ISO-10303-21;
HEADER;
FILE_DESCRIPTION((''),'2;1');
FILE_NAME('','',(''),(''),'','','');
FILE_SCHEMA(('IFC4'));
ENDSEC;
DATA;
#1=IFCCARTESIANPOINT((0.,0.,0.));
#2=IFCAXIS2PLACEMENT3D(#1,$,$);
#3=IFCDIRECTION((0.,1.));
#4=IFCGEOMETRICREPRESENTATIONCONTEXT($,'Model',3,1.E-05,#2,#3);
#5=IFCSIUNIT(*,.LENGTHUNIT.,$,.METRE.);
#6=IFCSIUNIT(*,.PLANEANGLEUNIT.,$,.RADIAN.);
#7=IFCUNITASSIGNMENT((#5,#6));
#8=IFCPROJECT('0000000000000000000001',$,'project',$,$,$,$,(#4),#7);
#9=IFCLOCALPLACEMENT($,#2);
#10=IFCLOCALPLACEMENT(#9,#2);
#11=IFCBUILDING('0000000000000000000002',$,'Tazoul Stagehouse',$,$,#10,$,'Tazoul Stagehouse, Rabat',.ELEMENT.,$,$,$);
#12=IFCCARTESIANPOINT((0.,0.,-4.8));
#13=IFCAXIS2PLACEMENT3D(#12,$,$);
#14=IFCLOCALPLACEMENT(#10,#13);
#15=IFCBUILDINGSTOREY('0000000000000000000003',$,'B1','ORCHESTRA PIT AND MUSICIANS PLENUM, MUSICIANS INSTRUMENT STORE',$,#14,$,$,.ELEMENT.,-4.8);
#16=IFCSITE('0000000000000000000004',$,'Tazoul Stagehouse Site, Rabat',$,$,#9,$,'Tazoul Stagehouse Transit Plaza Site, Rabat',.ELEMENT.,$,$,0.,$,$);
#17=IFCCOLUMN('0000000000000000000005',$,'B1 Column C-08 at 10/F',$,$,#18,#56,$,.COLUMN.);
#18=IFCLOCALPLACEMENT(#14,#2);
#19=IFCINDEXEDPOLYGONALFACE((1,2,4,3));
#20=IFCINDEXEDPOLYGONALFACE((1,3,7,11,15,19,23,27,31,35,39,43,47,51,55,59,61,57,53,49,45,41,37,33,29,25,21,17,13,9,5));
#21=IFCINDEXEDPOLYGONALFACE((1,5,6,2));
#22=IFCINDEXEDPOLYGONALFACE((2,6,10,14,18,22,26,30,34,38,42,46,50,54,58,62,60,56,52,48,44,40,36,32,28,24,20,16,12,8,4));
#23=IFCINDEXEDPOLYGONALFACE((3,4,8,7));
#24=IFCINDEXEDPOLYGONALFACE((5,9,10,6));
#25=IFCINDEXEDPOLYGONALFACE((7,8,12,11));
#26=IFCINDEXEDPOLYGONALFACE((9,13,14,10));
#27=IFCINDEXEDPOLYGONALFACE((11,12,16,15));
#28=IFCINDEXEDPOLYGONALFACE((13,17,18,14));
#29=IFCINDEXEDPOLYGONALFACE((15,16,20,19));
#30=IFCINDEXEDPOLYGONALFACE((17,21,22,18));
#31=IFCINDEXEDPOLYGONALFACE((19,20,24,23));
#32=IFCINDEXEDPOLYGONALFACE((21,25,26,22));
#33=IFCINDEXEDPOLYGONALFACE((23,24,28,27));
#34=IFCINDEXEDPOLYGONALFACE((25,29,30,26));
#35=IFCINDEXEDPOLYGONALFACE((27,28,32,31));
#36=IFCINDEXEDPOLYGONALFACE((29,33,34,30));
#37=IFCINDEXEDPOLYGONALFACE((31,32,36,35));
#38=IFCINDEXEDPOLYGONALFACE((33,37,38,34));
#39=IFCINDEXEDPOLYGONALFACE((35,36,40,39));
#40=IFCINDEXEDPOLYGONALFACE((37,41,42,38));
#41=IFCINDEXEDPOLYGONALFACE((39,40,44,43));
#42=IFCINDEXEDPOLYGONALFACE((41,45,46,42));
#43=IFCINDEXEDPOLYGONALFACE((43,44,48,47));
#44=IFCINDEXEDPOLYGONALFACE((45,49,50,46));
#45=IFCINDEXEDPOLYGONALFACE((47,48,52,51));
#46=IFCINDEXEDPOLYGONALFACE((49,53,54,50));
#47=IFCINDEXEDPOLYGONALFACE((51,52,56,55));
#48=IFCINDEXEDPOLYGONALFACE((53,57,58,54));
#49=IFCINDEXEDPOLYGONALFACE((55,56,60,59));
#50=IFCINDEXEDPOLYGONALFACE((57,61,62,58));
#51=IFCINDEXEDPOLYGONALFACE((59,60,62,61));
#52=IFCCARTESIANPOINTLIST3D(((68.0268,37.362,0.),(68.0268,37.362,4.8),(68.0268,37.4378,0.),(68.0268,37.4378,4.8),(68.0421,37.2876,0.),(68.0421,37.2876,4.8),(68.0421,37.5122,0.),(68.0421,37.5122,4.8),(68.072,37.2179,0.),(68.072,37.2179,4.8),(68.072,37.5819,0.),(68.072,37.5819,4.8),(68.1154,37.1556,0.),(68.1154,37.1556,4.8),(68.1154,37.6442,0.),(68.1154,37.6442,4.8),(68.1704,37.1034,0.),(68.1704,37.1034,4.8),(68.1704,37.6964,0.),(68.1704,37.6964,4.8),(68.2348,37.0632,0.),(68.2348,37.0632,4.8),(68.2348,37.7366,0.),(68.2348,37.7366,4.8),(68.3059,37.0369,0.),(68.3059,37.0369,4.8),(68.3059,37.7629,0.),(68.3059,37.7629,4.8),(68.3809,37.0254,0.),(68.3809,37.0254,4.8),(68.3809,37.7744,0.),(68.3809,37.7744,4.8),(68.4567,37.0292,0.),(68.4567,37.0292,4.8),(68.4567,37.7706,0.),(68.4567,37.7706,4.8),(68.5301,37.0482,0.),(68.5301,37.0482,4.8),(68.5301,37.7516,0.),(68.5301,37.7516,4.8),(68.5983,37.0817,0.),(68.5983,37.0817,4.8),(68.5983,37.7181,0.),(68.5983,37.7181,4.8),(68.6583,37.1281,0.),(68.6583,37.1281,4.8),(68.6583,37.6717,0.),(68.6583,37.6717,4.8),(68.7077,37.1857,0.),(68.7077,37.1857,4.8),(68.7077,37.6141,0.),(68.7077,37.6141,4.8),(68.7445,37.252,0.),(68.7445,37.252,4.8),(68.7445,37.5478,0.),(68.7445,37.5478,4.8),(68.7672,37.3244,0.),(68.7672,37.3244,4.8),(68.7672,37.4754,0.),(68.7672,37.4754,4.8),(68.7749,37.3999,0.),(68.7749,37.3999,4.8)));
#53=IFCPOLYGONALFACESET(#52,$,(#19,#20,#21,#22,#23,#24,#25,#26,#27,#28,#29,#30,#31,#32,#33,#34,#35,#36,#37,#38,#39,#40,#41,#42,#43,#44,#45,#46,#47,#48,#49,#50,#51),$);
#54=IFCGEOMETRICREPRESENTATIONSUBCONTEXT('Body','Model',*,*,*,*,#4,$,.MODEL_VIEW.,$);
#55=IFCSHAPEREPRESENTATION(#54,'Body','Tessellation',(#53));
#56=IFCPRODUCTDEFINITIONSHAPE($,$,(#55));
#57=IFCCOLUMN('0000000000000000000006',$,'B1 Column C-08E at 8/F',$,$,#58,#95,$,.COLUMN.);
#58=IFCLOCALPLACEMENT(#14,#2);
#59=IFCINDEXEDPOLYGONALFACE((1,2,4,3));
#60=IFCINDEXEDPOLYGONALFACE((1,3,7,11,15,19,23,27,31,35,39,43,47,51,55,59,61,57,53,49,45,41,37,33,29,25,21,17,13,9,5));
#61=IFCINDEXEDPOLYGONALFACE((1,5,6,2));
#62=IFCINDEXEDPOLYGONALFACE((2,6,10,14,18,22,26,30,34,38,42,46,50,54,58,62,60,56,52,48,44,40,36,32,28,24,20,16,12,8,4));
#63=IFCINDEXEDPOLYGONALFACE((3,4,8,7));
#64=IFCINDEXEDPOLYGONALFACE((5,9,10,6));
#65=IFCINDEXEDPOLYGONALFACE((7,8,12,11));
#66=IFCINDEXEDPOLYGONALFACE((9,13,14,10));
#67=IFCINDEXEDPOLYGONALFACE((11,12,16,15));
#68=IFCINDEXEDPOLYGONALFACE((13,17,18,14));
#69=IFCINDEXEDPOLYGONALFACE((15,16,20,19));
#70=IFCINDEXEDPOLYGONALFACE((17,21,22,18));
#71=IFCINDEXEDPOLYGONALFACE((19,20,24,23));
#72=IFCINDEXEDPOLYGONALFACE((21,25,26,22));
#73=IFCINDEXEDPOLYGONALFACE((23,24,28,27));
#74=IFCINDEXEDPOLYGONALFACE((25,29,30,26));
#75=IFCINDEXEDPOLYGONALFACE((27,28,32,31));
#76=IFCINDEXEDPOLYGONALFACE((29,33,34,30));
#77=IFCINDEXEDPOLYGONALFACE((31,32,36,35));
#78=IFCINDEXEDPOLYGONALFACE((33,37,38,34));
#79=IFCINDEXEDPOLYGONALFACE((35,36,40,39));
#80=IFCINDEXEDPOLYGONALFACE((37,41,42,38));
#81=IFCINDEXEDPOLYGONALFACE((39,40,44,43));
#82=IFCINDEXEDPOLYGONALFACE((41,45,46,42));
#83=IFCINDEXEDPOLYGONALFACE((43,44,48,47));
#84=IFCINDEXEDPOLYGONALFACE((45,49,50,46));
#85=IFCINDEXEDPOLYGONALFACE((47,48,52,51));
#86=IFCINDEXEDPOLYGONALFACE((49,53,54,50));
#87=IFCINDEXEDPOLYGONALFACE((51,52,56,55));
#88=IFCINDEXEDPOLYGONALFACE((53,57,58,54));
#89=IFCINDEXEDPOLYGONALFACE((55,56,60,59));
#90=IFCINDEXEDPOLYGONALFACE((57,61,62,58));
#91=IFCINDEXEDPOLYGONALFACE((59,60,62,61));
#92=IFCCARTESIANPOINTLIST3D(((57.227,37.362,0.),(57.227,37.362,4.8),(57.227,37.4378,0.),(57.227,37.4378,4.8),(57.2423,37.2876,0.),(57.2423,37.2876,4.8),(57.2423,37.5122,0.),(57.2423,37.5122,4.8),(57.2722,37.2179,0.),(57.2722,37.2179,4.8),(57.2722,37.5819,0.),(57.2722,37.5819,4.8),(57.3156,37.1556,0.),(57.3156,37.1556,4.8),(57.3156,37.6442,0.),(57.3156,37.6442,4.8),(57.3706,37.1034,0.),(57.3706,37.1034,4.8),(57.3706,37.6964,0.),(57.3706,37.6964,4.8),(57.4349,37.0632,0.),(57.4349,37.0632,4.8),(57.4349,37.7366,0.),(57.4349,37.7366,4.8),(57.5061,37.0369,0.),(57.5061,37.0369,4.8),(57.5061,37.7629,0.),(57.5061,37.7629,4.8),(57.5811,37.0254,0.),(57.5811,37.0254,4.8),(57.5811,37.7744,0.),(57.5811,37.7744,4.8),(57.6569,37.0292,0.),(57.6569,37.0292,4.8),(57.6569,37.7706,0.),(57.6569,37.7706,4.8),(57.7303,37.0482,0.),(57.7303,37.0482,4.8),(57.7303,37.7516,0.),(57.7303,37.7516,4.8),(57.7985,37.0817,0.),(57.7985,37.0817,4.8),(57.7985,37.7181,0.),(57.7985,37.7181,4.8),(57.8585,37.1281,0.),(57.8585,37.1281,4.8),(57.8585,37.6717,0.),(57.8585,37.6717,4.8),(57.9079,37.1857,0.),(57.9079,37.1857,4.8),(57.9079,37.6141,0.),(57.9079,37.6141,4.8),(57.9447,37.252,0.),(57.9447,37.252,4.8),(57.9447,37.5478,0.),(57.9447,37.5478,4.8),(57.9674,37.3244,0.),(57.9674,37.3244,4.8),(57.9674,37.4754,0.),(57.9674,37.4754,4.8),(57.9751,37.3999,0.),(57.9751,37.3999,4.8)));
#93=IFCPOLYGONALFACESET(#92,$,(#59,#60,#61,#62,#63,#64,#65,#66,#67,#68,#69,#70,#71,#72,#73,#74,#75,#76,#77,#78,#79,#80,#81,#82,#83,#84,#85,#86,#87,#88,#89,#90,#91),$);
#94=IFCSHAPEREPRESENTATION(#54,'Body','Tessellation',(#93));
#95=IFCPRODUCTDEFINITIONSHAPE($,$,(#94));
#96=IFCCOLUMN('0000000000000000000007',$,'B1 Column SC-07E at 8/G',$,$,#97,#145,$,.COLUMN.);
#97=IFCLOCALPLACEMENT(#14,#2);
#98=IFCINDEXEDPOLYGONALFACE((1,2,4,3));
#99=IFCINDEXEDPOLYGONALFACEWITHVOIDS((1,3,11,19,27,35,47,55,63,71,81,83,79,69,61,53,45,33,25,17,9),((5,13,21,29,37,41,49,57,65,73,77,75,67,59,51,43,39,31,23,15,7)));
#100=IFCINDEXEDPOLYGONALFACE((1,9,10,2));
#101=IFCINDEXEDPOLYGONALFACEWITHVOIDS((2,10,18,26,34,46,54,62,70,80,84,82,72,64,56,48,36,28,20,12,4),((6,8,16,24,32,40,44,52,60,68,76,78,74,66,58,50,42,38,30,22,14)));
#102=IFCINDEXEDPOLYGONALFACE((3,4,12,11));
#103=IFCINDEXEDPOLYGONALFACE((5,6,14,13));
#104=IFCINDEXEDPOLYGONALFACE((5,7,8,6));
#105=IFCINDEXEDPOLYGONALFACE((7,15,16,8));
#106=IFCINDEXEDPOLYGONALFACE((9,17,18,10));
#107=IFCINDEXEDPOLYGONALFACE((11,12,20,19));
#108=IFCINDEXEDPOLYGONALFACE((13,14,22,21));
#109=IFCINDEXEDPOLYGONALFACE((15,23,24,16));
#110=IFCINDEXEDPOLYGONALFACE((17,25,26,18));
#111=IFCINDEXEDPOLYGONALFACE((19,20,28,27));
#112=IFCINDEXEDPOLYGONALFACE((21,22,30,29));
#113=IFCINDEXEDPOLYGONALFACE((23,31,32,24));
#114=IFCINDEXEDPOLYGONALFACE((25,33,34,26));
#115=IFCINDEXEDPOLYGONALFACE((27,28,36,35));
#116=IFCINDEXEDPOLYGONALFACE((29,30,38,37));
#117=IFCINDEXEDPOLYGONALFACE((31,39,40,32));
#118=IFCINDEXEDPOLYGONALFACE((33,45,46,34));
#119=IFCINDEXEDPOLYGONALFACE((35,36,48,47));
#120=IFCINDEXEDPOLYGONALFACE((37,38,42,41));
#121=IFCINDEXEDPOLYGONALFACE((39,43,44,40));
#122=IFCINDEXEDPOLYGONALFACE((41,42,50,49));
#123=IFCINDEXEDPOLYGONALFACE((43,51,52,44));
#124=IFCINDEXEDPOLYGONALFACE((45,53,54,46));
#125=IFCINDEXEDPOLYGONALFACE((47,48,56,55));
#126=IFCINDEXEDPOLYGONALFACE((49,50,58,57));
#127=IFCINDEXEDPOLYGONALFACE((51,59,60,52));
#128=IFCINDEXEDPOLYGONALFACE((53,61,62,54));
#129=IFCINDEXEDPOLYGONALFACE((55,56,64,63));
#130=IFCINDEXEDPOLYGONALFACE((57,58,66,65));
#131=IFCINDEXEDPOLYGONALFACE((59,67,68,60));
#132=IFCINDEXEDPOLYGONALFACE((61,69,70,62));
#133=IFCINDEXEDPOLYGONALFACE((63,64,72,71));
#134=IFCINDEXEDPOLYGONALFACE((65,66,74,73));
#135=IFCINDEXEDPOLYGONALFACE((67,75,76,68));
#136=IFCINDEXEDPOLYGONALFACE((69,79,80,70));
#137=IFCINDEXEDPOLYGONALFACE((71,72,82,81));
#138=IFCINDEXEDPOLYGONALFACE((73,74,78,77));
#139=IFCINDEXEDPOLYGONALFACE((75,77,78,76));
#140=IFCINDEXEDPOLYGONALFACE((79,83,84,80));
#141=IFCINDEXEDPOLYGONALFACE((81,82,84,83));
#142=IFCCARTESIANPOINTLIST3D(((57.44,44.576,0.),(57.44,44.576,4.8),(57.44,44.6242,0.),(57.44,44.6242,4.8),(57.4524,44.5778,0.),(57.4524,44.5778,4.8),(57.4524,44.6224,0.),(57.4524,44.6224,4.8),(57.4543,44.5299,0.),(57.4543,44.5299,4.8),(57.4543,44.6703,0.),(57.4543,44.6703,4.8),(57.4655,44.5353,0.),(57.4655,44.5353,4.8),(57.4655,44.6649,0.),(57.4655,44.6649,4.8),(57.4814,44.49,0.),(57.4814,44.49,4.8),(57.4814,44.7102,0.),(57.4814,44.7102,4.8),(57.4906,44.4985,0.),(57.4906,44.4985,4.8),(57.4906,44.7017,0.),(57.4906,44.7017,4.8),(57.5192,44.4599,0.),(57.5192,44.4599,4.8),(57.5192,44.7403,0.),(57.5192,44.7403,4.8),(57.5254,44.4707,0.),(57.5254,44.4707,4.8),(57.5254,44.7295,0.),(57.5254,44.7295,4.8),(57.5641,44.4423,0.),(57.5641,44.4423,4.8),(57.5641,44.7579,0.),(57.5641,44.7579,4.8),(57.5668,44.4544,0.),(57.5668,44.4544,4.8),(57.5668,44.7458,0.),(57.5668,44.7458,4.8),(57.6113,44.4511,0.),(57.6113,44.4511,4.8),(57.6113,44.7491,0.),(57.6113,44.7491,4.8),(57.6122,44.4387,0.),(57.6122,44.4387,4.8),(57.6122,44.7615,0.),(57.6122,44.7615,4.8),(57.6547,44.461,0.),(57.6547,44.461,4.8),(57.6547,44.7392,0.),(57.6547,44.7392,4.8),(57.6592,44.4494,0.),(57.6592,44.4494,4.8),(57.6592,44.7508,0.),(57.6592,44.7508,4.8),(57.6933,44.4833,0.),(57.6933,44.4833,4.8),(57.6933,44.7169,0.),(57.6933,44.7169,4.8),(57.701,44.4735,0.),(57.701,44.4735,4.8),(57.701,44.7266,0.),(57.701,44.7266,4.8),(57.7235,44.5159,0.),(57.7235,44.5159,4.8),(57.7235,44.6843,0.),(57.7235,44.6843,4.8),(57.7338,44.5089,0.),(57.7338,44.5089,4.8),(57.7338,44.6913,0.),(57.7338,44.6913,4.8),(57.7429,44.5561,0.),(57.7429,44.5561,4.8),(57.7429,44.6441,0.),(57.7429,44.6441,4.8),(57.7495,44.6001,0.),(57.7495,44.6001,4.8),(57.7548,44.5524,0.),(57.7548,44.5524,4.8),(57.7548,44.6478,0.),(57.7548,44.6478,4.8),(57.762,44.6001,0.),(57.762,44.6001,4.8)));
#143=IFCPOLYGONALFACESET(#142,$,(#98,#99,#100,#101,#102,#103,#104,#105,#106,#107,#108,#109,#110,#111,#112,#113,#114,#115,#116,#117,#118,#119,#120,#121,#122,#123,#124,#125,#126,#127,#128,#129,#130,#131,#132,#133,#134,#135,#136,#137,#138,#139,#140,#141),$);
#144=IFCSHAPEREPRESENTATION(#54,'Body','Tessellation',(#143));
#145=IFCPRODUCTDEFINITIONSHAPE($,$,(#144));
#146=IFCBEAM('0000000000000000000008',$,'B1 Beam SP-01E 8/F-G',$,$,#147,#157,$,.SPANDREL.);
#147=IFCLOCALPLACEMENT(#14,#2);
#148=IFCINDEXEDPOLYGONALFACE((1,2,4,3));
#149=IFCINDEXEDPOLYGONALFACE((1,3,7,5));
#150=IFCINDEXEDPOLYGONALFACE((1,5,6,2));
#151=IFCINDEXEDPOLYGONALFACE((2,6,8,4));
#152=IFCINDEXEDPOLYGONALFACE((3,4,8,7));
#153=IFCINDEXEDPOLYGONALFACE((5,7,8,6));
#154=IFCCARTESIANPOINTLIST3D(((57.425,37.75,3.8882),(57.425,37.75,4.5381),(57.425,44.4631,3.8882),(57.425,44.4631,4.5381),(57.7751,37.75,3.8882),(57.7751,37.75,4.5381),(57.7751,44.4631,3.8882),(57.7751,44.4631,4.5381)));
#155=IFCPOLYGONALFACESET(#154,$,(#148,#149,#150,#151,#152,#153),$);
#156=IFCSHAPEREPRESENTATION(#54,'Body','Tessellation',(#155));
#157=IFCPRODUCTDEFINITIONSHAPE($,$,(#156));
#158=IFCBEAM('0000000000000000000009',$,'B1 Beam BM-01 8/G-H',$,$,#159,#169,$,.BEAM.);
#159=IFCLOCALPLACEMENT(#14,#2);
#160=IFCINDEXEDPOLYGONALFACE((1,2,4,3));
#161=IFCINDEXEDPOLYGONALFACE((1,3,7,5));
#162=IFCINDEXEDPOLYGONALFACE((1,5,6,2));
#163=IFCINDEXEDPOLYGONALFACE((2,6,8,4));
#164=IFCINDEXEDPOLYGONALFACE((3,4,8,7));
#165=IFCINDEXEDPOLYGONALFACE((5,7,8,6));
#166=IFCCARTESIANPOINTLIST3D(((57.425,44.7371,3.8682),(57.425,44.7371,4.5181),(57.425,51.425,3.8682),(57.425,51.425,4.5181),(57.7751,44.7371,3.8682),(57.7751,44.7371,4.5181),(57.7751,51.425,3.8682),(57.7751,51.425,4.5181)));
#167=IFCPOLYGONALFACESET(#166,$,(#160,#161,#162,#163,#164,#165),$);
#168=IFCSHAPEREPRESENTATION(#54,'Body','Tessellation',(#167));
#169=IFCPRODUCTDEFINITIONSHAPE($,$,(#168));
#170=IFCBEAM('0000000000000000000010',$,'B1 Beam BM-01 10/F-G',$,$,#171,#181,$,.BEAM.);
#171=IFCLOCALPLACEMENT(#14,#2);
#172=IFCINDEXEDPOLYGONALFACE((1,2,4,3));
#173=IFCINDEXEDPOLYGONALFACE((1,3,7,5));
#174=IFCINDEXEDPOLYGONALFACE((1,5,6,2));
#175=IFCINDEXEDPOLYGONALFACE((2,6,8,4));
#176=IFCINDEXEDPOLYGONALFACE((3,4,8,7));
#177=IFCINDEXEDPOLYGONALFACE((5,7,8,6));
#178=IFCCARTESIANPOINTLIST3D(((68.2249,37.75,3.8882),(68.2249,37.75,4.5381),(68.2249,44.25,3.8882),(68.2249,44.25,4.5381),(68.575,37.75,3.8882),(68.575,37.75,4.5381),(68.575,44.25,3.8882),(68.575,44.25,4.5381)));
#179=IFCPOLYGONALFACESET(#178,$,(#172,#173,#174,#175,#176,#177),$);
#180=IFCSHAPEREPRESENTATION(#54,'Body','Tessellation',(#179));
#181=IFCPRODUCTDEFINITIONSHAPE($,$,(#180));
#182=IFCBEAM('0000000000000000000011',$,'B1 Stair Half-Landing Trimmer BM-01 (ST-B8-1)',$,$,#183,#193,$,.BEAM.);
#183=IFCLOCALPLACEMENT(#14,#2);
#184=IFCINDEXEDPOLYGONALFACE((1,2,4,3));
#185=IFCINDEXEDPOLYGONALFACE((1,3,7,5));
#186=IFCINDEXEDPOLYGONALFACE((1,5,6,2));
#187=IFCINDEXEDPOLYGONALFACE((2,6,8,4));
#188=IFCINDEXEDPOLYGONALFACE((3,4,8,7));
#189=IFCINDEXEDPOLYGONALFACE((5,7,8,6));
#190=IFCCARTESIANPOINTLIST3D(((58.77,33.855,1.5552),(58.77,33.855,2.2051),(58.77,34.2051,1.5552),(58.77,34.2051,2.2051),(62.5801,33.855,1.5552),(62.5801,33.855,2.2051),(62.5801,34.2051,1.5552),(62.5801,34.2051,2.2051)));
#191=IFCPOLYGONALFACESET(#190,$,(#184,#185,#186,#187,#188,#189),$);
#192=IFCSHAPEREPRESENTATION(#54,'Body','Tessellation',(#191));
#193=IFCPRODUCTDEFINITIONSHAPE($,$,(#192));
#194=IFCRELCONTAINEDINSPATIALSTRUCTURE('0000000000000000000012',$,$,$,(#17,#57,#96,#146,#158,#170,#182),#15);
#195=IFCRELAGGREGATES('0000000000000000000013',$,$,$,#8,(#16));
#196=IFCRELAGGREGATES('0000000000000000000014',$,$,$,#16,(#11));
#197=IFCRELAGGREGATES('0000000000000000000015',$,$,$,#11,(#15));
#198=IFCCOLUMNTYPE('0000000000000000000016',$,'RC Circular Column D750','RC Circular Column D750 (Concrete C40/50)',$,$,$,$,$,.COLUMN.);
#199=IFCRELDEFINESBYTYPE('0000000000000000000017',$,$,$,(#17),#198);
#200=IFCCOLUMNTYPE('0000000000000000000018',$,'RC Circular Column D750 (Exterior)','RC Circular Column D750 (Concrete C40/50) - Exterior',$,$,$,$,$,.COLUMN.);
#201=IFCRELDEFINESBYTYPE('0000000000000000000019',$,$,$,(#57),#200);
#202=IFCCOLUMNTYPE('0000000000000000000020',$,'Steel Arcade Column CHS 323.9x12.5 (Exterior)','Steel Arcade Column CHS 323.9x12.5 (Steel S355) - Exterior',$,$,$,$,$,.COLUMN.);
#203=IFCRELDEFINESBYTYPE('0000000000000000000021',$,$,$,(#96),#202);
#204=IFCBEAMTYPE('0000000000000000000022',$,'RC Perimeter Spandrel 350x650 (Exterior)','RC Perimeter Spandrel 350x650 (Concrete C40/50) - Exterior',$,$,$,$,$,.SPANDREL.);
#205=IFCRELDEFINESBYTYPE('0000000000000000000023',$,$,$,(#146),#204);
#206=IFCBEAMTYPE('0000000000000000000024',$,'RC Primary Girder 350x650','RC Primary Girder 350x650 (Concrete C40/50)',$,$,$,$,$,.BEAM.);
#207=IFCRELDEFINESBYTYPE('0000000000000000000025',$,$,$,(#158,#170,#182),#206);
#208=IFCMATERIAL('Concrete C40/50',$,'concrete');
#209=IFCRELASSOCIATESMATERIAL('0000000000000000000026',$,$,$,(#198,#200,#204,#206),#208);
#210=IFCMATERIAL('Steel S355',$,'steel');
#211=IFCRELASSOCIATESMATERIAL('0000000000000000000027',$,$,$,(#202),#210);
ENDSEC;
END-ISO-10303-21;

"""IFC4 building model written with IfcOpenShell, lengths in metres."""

from ifc_helpers import new_model, si_unit, direction, frame, origin, origin_2d, place, context, subcontext, project, spatial, rectangle, circle, hollow_circle, extrude, material, material_profile, profile_set, type_object, element, save


model = new_model("IFC4")

# Units and contexts
model_context = context("Model", 3, precision=1e-05, world=origin(), true_north=direction((0.0, 1.0)))
body_context = subcontext(model_context, "Body", "Model", "MODEL_VIEW")
ifc_project = project(units=[si_unit("LENGTHUNIT", "METRE"), si_unit("PLANEANGLEUNIT", "RADIAN")], contexts=[model_context])

# Site, building, storey
site_placement = place(None, origin())
site = spatial("IfcSite", under=ifc_project, at=site_placement, Name="Tazoul Stagehouse Site, Rabat", LongName="Tazoul Stagehouse Transit Plaza Site, Rabat", CompositionType="ELEMENT", RefElevation=0.0)
building_placement = place(site_placement, origin())
building = spatial("IfcBuilding", under=site, at=building_placement, Name="Tazoul Stagehouse", LongName="Tazoul Stagehouse, Rabat", CompositionType="ELEMENT")
storey_placement = place(building_placement, frame((0.0, 0.0, -4.8)))
storey = spatial("IfcBuildingStorey", under=building, at=storey_placement, Name="B1", Description="ORCHESTRA PIT AND MUSICIANS PLENUM, MUSICIANS INSTRUMENT STORE", CompositionType="ELEMENT", Elevation=-4.8)

# Columns
ifc_material_1 = material(Name="Concrete C40/50", Category="concrete")
ifc_material_profile_1 = material_profile(ifc_material_1, circle(Radius=0.375, at=origin_2d()), Name="RC D750")
ifc_profile_set_1 = profile_set([ifc_material_profile_1], Name="Concrete C40/50")
column_type_1 = type_object("IfcColumnType", Name="RC Circular Column D750", Description="RC Circular Column D750 (Concrete C40/50)", PredefinedType="COLUMN", material=ifc_profile_set_1)
column_1_placement = place(storey_placement, frame((68.3999, 37.3999, 0.0), z_axis=(0.0, 0.0, 1.0), x_axis=(1.0, 0.0, 0.0)))
element("IfcColumn", 1, at=column_1_placement, inside=storey, type_object=column_type_1, Name="B1 Column C-08 at 10/F", PredefinedType="COLUMN", context=body_context, shape_type="SweptSolid", body=[
    extrude(circle(Radius=0.375, at=origin_2d()), origin(), (0.0, 0.0, 1.0), 4.8),
])
ifc_material_profile_2 = material_profile(ifc_material_1, circle(Radius=0.375, at=origin_2d()), Name="RC D750")
ifc_profile_set_2 = profile_set([ifc_material_profile_2], Name="Concrete C40/50")
column_type_2 = type_object("IfcColumnType", Name="RC Circular Column D750 (Exterior)", Description="RC Circular Column D750 (Concrete C40/50) - Exterior", PredefinedType="COLUMN", material=ifc_profile_set_2)
column_2_placement = place(storey_placement, frame((57.6001, 37.3999, 0.0), z_axis=(0.0, 0.0, 1.0), x_axis=(1.0, 0.0, 0.0)))
element("IfcColumn", 2, at=column_2_placement, inside=storey, type_object=column_type_2, Name="B1 Column C-08E at 8/F", PredefinedType="COLUMN", context=body_context, shape_type="SweptSolid", body=[
    extrude(circle(Radius=0.375, at=origin_2d()), origin(), (0.0, 0.0, 1.0), 4.8),
])
ifc_material_2 = material(Name="Steel S355", Category="steel")
ifc_material_profile_3 = material_profile(ifc_material_2, hollow_circle(Radius=0.1619, WallThickness=0.0125, at=origin_2d()), Name="CHS 323.9x12.5")
ifc_profile_set_3 = profile_set([ifc_material_profile_3], Name="Steel S355")
column_type_3 = type_object("IfcColumnType", Name="Steel Arcade Column CHS 323.9x12.5 (Exterior)", Description="Steel Arcade Column CHS 323.9x12.5 (Steel S355) - Exterior", PredefinedType="COLUMN", material=ifc_profile_set_3)
column_3_placement = place(storey_placement, frame((57.6001, 44.6001, 0.0), z_axis=(0.0, 0.0, 1.0), x_axis=(1.0, 0.0, 0.0)))
element("IfcColumn", 3, at=column_3_placement, inside=storey, type_object=column_type_3, Name="B1 Column SC-07E at 8/G", PredefinedType="COLUMN", context=body_context, shape_type="SweptSolid", body=[
    extrude(hollow_circle(Radius=0.1619, WallThickness=0.0125, at=origin_2d()), origin(), (0.0, 0.0, 1.0), 4.8),
])

# Beams
ifc_material_profile_4 = material_profile(ifc_material_1, rectangle(XDim=0.3501, YDim=0.6499, at=origin_2d()), Name="RC 350x650")
ifc_profile_set_4 = profile_set([ifc_material_profile_4], Name="Concrete C40/50")
beam_type_1 = type_object("IfcBeamType", Name="RC Perimeter Spandrel 350x650 (Exterior)", Description="RC Perimeter Spandrel 350x650 (Concrete C40/50) - Exterior", PredefinedType="SPANDREL", material=ifc_profile_set_4)
beam_1_placement = place(storey_placement, frame((57.6001, 37.75, 4.2131), z_axis=(0.0, 1.0, 0.0), x_axis=(-1.0, 0.0, 0.0)))
element("IfcBeam", 4, at=beam_1_placement, inside=storey, type_object=beam_type_1, Name="B1 Beam SP-01E 8/F-G", PredefinedType="SPANDREL", context=body_context, shape_type="SweptSolid", body=[
    extrude(rectangle(XDim=0.3501, YDim=0.6499, at=origin_2d()), origin(), (0.0, 0.0, 1.0), 6.7131),
])
ifc_material_profile_5 = material_profile(ifc_material_1, rectangle(XDim=0.3501, YDim=0.6499, at=origin_2d()), Name="RC 350x650")
ifc_profile_set_5 = profile_set([ifc_material_profile_5], Name="Concrete C40/50")
beam_type_2 = type_object("IfcBeamType", Name="RC Primary Girder 350x650", Description="RC Primary Girder 350x650 (Concrete C40/50)", PredefinedType="BEAM", material=ifc_profile_set_5)
beam_2_placement = place(storey_placement, frame((57.6001, 44.7371, 4.1931), z_axis=(0.0, 1.0, 0.0), x_axis=(-1.0, 0.0, 0.0)))
element("IfcBeam", 5, at=beam_2_placement, inside=storey, type_object=beam_type_2, Name="B1 Beam BM-01 8/G-H", PredefinedType="BEAM", context=body_context, shape_type="SweptSolid", body=[
    extrude(rectangle(XDim=0.3501, YDim=0.6499, at=origin_2d()), origin(), (0.0, 0.0, 1.0), 6.688),
])
beam_3_placement = place(storey_placement, frame((68.3999, 37.75, 4.2131), z_axis=(0.0, 1.0, 0.0), x_axis=(-1.0, 0.0, 0.0)))
element("IfcBeam", 6, at=beam_3_placement, inside=storey, type_object=beam_type_2, Name="B1 Beam BM-01 10/F-G", PredefinedType="BEAM", context=body_context, shape_type="SweptSolid", body=[
    extrude(rectangle(XDim=0.3501, YDim=0.6499, at=origin_2d()), origin(), (0.0, 0.0, 1.0), 6.5),
])
for number, where, z_axis, x_axis, name in (
    (7, (58.77, 34.03, 1.8801), (1.0, 0.0, 0.0), (0.0, 1.0, 0.0), "B1 Stair Half-Landing Trimmer BM-01 (ST-B8-1)"),
):
    element("IfcBeam", number, at=place(storey_placement, frame(where, z_axis=z_axis, x_axis=x_axis)), inside=storey, type_object=beam_type_2, Name=name, PredefinedType="BEAM", context=body_context, shape_type="SweptSolid", body=[
        extrude(rectangle(XDim=0.3501, YDim=0.6499, at=origin_2d()), origin(), (0.0, 0.0, 1.0), 3.8101),
    ])

save(model, "model.ifc")
